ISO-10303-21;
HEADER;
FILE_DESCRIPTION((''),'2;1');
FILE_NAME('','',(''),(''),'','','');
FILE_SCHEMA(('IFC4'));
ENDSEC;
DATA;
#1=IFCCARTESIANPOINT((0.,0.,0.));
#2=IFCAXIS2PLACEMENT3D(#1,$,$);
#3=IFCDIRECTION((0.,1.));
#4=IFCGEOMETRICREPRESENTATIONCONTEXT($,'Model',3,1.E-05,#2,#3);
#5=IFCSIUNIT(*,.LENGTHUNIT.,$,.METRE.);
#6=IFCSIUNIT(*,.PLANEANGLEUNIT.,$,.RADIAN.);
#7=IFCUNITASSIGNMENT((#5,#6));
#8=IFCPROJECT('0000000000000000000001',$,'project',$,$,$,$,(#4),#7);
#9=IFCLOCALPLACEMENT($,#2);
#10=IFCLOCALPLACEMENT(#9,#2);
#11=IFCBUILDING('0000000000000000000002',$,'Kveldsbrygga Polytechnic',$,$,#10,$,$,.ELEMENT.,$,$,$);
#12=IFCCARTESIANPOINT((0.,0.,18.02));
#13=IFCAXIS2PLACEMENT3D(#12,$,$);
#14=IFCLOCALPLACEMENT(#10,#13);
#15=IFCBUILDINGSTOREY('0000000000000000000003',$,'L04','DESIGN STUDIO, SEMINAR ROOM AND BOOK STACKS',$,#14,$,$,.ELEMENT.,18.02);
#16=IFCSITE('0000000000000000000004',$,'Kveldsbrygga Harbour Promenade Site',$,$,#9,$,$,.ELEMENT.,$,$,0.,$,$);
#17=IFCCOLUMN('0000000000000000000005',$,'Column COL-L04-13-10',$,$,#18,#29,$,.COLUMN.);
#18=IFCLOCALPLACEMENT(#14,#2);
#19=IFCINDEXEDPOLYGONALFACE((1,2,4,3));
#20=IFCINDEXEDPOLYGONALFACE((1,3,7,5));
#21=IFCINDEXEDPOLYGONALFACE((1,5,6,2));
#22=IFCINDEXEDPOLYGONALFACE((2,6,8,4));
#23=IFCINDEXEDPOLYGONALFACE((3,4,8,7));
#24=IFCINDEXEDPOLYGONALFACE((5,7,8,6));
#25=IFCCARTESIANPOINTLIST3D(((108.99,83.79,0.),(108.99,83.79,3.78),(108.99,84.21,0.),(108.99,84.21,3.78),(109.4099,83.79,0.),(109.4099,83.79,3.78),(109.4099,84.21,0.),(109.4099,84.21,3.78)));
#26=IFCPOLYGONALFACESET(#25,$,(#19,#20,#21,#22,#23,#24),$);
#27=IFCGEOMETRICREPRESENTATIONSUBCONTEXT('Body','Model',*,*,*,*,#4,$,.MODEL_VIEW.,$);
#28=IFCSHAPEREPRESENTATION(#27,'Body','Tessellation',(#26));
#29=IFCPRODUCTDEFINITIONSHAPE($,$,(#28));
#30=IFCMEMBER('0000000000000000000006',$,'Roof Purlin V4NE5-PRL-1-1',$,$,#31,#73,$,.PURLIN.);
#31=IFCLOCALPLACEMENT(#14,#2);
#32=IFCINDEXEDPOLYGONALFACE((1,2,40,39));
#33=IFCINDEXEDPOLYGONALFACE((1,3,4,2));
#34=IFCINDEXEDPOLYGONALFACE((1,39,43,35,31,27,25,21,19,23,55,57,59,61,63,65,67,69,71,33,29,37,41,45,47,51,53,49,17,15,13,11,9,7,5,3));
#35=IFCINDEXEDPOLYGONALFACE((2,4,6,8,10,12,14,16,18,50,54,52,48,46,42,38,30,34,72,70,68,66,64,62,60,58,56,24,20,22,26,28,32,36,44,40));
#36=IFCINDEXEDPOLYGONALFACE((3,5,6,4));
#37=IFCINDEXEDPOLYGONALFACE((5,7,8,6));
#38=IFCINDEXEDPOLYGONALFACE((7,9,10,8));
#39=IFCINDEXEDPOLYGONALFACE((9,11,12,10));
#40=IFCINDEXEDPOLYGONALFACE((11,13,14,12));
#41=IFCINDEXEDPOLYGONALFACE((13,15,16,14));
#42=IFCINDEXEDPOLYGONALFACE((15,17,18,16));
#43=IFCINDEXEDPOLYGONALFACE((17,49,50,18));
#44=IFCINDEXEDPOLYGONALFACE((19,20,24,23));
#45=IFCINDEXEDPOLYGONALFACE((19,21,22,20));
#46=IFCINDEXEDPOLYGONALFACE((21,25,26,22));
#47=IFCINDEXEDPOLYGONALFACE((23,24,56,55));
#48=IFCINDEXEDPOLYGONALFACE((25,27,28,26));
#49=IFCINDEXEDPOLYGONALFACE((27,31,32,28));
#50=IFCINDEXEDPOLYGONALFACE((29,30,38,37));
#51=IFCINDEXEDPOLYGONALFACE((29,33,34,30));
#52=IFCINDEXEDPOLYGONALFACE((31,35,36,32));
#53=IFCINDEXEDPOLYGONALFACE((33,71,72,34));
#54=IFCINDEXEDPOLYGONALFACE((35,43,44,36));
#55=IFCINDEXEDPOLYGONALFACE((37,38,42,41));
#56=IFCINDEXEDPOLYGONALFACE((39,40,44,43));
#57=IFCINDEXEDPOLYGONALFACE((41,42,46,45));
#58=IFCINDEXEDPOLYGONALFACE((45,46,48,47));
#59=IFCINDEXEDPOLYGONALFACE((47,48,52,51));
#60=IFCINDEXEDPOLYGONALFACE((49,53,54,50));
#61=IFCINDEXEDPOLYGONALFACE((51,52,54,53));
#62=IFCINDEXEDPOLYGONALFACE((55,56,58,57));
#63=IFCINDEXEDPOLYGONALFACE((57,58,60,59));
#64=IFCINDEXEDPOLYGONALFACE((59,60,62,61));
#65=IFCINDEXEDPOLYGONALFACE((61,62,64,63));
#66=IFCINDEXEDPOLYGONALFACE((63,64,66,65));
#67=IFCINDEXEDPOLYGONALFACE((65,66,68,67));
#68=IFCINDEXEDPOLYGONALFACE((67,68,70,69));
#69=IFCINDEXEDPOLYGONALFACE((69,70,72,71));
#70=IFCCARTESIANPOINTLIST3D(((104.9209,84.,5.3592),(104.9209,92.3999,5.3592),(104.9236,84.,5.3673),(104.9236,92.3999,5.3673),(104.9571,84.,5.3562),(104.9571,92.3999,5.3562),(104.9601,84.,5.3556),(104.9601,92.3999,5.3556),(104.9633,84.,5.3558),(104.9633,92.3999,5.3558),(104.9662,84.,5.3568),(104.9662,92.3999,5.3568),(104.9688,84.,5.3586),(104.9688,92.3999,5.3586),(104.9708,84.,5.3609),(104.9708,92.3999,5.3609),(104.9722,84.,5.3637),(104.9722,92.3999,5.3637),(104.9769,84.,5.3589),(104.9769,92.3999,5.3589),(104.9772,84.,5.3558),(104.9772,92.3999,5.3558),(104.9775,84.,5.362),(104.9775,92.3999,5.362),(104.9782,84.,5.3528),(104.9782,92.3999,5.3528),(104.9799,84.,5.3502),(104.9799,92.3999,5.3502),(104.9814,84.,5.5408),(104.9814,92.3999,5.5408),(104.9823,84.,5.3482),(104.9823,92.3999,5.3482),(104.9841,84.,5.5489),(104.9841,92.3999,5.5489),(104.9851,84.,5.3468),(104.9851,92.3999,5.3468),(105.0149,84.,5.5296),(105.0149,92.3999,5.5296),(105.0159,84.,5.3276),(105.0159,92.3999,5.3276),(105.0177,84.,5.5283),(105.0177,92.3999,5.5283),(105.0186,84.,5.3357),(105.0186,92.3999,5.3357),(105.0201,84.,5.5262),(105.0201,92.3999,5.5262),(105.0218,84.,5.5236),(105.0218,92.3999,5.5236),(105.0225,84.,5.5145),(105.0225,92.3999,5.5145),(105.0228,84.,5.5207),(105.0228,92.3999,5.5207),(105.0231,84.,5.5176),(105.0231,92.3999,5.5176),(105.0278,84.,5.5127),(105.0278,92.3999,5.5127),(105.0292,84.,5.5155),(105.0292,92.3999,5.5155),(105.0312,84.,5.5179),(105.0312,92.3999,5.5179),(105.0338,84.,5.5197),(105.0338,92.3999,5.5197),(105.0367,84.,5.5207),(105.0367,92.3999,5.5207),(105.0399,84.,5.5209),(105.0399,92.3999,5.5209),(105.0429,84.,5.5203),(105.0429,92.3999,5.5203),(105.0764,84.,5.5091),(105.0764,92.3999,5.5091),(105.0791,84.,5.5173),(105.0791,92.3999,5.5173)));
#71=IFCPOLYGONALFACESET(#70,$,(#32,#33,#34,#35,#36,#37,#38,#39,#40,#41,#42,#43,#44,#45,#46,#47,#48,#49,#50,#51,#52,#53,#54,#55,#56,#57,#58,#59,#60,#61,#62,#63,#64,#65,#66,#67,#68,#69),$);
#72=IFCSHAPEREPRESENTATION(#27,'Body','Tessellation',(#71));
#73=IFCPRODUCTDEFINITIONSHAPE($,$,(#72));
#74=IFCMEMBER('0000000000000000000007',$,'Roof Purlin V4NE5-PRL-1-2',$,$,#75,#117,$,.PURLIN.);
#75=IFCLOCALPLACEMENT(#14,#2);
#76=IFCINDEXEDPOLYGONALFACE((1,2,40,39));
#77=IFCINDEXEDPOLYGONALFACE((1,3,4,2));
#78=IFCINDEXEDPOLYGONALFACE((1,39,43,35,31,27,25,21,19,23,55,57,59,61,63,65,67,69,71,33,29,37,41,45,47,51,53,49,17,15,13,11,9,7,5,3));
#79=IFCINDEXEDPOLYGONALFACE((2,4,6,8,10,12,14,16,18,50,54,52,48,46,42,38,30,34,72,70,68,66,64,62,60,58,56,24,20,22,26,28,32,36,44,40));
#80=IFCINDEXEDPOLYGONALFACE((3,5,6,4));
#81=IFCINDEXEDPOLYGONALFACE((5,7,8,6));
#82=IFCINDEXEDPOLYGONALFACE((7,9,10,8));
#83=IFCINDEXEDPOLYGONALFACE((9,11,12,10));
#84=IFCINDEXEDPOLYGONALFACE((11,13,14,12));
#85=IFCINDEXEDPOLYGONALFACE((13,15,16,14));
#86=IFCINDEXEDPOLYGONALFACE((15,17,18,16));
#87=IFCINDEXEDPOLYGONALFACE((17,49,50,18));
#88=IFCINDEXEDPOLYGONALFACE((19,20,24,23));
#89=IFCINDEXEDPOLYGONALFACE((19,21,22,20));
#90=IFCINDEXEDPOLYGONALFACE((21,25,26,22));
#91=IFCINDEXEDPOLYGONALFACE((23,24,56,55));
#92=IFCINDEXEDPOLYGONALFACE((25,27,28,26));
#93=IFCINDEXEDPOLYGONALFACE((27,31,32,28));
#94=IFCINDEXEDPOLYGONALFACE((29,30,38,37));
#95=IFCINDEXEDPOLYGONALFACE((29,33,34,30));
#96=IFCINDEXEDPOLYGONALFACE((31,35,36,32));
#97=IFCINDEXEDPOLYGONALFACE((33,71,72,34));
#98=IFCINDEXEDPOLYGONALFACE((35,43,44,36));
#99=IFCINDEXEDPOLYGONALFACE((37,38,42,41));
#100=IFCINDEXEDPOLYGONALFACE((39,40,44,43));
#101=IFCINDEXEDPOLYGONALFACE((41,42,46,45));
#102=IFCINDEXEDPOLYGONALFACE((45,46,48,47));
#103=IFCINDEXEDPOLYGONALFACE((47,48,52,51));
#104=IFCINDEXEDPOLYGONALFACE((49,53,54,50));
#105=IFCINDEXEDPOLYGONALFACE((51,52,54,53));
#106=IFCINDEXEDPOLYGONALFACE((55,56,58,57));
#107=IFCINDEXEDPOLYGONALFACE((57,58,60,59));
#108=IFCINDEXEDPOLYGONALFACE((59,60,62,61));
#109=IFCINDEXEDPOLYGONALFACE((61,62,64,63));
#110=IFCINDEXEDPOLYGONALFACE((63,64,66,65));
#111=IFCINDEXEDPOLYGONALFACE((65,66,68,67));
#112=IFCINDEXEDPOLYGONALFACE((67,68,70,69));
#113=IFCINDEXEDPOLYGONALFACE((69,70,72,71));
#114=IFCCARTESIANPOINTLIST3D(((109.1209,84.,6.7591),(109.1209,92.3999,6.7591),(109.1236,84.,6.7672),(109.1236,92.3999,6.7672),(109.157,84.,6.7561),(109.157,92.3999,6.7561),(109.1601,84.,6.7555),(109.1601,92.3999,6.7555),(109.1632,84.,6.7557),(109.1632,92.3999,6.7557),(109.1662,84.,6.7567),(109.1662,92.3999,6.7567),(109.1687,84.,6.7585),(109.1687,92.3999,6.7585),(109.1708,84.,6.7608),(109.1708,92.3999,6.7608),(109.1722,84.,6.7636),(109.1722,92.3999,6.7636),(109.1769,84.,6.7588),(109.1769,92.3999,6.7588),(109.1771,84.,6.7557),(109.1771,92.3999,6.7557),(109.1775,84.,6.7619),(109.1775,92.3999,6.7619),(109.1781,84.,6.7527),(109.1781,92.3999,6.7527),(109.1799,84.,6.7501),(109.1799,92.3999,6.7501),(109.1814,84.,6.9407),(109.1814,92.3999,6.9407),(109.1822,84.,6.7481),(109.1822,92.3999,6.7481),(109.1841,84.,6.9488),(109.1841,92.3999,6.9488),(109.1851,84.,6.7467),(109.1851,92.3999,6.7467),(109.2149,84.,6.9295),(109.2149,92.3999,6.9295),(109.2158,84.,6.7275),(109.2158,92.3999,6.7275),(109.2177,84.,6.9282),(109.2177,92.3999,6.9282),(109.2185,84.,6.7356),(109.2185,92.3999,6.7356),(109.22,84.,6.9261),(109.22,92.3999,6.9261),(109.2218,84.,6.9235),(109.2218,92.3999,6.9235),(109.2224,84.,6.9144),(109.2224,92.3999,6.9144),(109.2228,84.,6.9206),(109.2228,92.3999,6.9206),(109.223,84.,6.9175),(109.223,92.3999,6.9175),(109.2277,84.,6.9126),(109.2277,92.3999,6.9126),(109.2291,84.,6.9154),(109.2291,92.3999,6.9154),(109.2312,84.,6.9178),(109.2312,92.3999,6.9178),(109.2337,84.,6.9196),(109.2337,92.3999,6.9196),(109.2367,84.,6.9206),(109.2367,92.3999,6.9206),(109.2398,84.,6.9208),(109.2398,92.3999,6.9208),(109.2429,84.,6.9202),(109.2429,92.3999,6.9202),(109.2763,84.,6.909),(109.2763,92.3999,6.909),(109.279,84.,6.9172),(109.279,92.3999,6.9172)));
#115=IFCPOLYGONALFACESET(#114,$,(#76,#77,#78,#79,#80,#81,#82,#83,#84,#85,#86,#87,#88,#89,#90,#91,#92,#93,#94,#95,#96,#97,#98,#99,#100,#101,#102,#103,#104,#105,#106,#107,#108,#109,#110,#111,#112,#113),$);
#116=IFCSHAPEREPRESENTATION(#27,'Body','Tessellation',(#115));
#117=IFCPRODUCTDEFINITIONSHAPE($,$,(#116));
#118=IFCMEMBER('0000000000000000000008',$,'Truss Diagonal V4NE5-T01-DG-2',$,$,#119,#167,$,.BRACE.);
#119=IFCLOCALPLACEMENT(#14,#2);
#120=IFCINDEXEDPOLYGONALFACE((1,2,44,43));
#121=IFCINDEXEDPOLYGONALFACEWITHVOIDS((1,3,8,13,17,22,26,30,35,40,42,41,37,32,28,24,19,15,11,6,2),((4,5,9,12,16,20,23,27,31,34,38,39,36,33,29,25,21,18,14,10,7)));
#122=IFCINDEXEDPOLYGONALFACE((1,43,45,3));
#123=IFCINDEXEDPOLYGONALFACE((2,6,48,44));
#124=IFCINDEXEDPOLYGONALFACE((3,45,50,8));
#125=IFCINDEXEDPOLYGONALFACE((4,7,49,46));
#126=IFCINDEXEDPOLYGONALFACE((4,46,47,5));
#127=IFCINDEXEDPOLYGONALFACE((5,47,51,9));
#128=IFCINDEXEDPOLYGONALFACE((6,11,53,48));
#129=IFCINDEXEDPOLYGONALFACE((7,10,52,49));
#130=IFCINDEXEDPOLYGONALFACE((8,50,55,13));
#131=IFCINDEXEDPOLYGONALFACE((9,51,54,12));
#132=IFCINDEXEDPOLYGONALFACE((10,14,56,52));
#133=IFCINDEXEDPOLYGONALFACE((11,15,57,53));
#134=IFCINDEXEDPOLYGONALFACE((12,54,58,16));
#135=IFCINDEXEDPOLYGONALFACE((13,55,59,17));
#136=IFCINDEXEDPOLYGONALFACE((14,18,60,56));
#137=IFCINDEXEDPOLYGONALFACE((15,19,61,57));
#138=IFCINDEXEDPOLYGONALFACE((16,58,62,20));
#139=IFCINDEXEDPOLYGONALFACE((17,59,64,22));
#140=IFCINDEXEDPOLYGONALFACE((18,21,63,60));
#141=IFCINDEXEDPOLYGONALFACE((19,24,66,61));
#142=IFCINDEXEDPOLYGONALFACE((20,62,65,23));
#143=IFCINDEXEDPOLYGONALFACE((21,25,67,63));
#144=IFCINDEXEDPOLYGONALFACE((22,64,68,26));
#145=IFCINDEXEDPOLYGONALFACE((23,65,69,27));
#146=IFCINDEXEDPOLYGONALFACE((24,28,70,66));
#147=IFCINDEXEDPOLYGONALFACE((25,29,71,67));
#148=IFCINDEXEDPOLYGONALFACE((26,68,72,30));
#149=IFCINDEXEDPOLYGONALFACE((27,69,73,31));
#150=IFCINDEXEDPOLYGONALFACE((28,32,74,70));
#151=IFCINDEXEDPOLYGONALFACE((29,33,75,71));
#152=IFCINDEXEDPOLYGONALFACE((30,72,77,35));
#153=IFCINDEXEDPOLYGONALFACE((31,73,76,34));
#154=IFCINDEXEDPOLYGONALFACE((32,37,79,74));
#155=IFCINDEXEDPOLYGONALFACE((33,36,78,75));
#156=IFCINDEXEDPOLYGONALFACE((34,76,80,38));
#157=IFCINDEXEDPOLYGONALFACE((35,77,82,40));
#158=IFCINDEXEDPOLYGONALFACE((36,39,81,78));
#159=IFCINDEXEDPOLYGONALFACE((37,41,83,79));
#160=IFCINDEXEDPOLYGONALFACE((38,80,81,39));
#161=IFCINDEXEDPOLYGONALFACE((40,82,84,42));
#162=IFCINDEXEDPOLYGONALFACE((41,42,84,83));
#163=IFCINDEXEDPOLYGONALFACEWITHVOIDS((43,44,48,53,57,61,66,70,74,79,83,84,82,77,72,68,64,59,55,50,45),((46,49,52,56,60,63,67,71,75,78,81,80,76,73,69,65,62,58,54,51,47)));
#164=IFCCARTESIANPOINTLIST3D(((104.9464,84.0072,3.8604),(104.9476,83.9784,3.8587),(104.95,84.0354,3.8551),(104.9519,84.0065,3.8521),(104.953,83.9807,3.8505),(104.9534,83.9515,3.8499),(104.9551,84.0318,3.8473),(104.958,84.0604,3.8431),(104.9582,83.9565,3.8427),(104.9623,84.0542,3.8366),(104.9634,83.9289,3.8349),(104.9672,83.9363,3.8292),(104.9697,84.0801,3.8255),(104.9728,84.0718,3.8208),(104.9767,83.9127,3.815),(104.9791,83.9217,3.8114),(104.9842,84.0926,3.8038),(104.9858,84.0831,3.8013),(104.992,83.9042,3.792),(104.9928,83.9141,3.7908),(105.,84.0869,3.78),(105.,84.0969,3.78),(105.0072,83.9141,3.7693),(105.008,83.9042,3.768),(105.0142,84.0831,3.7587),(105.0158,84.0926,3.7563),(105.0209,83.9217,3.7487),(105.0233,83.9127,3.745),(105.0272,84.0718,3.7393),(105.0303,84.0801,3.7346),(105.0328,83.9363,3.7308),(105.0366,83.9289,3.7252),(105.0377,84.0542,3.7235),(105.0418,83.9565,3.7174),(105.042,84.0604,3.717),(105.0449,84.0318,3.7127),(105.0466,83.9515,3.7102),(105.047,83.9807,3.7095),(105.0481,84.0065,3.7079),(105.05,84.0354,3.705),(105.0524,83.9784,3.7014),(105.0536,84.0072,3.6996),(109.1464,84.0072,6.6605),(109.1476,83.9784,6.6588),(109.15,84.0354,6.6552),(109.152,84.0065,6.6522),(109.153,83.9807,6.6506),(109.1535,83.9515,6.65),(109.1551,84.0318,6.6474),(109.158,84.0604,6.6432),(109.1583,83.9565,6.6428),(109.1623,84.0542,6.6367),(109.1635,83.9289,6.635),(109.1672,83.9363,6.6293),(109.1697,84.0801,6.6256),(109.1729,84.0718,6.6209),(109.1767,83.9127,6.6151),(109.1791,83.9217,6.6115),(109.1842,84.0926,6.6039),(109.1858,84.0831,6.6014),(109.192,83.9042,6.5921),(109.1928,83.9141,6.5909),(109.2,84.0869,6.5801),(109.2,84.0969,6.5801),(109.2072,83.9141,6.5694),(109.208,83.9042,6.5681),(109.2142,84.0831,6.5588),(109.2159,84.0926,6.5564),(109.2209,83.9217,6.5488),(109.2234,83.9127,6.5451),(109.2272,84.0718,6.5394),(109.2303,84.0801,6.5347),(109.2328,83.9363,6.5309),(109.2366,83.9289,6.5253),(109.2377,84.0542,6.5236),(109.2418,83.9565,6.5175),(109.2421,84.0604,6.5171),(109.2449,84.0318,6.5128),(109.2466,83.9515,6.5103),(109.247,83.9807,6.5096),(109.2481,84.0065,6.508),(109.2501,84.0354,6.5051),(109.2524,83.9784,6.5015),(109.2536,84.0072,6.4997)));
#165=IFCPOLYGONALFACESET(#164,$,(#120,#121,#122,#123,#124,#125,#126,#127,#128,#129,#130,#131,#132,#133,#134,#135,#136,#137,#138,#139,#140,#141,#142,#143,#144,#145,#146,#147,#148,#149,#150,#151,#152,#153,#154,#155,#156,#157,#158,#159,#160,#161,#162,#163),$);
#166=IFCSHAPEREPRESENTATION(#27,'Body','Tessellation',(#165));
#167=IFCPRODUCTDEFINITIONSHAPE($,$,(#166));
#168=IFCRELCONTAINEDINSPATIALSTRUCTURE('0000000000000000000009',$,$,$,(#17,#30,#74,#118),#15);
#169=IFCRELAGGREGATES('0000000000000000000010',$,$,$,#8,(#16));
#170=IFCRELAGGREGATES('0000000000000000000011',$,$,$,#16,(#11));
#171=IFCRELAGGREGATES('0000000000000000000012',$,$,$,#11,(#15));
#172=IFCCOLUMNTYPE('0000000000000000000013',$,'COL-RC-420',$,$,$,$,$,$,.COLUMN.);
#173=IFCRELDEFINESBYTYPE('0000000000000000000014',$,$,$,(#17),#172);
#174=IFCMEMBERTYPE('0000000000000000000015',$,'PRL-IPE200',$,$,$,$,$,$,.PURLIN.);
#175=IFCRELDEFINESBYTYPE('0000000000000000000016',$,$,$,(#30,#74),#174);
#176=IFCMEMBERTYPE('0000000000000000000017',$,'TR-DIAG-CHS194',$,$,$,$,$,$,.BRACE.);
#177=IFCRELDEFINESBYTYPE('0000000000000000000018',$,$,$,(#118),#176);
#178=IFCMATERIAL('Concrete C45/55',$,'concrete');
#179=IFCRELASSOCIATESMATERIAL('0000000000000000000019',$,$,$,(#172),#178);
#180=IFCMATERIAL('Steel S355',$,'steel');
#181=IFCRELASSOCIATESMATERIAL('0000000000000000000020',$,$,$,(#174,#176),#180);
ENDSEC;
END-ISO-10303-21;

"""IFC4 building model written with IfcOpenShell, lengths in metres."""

from ifc_helpers import new_model, si_unit, direction, frame, origin, origin_2d, place, context, subcontext, project, spatial, rectangle, hollow_circle, i_section, extrude, material, material_profile, profile_set, type_object, element, save


model = new_model("IFC4")

# Units and contexts
model_context = context("Model", 3, precision=1e-05, world=origin(), true_north=direction((0.0, 1.0)))
body_context = subcontext(model_context, "Body", "Model", "MODEL_VIEW")
ifc_project = project(units=[si_unit("LENGTHUNIT", "METRE"), si_unit("PLANEANGLEUNIT", "RADIAN")], contexts=[model_context])

# Site, building, storey
site_placement = place(None, origin())
site = spatial("IfcSite", under=ifc_project, at=site_placement, Name="Kveldsbrygga Harbour Promenade Site", CompositionType="ELEMENT", RefElevation=0.0)
building_placement = place(site_placement, origin())
building = spatial("IfcBuilding", under=site, at=building_placement, Name="Kveldsbrygga Polytechnic", CompositionType="ELEMENT")
storey_placement = place(building_placement, frame((0.0, 0.0, 18.02)))
storey = spatial("IfcBuildingStorey", under=building, at=storey_placement, Name="L04", Description="DESIGN STUDIO, SEMINAR ROOM AND BOOK STACKS", CompositionType="ELEMENT", Elevation=18.02)

# Column
ifc_material_1 = material(Name="Concrete C45/55", Category="concrete")
ifc_material_profile_1 = material_profile(ifc_material_1, rectangle(XDim=0.4199, YDim=0.4199, at=origin_2d()), Name="RC 420x420")
ifc_profile_set_1 = profile_set([ifc_material_profile_1], Name="Concrete C45/55")
column_type = type_object("IfcColumnType", Name="COL-RC-420", PredefinedType="COLUMN", material=ifc_profile_set_1)
column_placement = place(storey_placement, frame((109.2, 84.0, 0.0), z_axis=(0.0, 0.0, 1.0), x_axis=(1.0, 0.0, 0.0)))
element("IfcColumn", 1, at=column_placement, inside=storey, type_object=column_type, Name="Column COL-L04-13-10", PredefinedType="COLUMN", context=body_context, shape_type="SweptSolid", body=[
    extrude(rectangle(XDim=0.4199, YDim=0.4199, at=origin_2d()), origin(), (0.0, 0.0, 1.0), 3.78),
])

# Members
ifc_material_2 = material(Name="Steel S355", Category="steel")
ifc_material_profile_2 = material_profile(ifc_material_2, i_section(OverallWidth=0.1001, OverallDepth=0.2, WebThickness=0.0056, FlangeThickness=0.0085, FilletRadius=0.012, at=origin_2d()), Name="IPE 200")
ifc_profile_set_2 = profile_set([ifc_material_profile_2], Name="Steel S355")
member_type_1 = type_object("IfcMemberType", Name="PRL-IPE200", PredefinedType="PURLIN", material=ifc_profile_set_2)
for number, where, z_axis, x_axis, name in (
    (2, (105.0, 84.0, 5.4382), (0.0, 1.0, 0.0), (-0.948684, 0.0, 0.316227), "Roof Purlin V4NE5-PRL-1-1"),
    (3, (109.2, 84.0, 6.8381), (0.0, 1.0, 0.0), (-0.948684, 0.0, 0.316227), "Roof Purlin V4NE5-PRL-1-2"),
):
    element("IfcMember", number, at=place(storey_placement, frame(where, z_axis=z_axis, x_axis=x_axis)), inside=storey, type_object=member_type_1, Name=name, PredefinedType="PURLIN", context=body_context, shape_type="SweptSolid", body=[
        extrude(i_section(OverallWidth=0.1001, OverallDepth=0.2, WebThickness=0.0056, FlangeThickness=0.0085, FilletRadius=0.012, at=origin_2d()), origin(), (0.0, 0.0, 1.0), 8.3999),
    ])
ifc_material_profile_3 = material_profile(ifc_material_2, hollow_circle(Radius=0.0969, WallThickness=0.01, at=origin_2d()), Name="CHS 193.7x10.0")
ifc_profile_set_3 = profile_set([ifc_material_profile_3], Name="Steel S355")
member_type_2 = type_object("IfcMemberType", Name="TR-DIAG-CHS194", PredefinedType="BRACE", material=ifc_profile_set_3)
member_1_placement = place(storey_placement, frame((105.0, 84.0, 3.78), z_axis=(0.832043, 0.0, 0.554711), x_axis=(0.0, 1.0, 0.0)))
element("IfcMember", 4, at=member_1_placement, inside=storey, type_object=member_type_2, Name="Truss Diagonal V4NE5-T01-DG-2", PredefinedType="BRACE", context=body_context, shape_type="SweptSolid", body=[
    extrude(hollow_circle(Radius=0.0969, WallThickness=0.01, at=origin_2d()), origin(), (0.0, 0.0, 1.0), 5.0479),
])

save(model, "model.ifc")
